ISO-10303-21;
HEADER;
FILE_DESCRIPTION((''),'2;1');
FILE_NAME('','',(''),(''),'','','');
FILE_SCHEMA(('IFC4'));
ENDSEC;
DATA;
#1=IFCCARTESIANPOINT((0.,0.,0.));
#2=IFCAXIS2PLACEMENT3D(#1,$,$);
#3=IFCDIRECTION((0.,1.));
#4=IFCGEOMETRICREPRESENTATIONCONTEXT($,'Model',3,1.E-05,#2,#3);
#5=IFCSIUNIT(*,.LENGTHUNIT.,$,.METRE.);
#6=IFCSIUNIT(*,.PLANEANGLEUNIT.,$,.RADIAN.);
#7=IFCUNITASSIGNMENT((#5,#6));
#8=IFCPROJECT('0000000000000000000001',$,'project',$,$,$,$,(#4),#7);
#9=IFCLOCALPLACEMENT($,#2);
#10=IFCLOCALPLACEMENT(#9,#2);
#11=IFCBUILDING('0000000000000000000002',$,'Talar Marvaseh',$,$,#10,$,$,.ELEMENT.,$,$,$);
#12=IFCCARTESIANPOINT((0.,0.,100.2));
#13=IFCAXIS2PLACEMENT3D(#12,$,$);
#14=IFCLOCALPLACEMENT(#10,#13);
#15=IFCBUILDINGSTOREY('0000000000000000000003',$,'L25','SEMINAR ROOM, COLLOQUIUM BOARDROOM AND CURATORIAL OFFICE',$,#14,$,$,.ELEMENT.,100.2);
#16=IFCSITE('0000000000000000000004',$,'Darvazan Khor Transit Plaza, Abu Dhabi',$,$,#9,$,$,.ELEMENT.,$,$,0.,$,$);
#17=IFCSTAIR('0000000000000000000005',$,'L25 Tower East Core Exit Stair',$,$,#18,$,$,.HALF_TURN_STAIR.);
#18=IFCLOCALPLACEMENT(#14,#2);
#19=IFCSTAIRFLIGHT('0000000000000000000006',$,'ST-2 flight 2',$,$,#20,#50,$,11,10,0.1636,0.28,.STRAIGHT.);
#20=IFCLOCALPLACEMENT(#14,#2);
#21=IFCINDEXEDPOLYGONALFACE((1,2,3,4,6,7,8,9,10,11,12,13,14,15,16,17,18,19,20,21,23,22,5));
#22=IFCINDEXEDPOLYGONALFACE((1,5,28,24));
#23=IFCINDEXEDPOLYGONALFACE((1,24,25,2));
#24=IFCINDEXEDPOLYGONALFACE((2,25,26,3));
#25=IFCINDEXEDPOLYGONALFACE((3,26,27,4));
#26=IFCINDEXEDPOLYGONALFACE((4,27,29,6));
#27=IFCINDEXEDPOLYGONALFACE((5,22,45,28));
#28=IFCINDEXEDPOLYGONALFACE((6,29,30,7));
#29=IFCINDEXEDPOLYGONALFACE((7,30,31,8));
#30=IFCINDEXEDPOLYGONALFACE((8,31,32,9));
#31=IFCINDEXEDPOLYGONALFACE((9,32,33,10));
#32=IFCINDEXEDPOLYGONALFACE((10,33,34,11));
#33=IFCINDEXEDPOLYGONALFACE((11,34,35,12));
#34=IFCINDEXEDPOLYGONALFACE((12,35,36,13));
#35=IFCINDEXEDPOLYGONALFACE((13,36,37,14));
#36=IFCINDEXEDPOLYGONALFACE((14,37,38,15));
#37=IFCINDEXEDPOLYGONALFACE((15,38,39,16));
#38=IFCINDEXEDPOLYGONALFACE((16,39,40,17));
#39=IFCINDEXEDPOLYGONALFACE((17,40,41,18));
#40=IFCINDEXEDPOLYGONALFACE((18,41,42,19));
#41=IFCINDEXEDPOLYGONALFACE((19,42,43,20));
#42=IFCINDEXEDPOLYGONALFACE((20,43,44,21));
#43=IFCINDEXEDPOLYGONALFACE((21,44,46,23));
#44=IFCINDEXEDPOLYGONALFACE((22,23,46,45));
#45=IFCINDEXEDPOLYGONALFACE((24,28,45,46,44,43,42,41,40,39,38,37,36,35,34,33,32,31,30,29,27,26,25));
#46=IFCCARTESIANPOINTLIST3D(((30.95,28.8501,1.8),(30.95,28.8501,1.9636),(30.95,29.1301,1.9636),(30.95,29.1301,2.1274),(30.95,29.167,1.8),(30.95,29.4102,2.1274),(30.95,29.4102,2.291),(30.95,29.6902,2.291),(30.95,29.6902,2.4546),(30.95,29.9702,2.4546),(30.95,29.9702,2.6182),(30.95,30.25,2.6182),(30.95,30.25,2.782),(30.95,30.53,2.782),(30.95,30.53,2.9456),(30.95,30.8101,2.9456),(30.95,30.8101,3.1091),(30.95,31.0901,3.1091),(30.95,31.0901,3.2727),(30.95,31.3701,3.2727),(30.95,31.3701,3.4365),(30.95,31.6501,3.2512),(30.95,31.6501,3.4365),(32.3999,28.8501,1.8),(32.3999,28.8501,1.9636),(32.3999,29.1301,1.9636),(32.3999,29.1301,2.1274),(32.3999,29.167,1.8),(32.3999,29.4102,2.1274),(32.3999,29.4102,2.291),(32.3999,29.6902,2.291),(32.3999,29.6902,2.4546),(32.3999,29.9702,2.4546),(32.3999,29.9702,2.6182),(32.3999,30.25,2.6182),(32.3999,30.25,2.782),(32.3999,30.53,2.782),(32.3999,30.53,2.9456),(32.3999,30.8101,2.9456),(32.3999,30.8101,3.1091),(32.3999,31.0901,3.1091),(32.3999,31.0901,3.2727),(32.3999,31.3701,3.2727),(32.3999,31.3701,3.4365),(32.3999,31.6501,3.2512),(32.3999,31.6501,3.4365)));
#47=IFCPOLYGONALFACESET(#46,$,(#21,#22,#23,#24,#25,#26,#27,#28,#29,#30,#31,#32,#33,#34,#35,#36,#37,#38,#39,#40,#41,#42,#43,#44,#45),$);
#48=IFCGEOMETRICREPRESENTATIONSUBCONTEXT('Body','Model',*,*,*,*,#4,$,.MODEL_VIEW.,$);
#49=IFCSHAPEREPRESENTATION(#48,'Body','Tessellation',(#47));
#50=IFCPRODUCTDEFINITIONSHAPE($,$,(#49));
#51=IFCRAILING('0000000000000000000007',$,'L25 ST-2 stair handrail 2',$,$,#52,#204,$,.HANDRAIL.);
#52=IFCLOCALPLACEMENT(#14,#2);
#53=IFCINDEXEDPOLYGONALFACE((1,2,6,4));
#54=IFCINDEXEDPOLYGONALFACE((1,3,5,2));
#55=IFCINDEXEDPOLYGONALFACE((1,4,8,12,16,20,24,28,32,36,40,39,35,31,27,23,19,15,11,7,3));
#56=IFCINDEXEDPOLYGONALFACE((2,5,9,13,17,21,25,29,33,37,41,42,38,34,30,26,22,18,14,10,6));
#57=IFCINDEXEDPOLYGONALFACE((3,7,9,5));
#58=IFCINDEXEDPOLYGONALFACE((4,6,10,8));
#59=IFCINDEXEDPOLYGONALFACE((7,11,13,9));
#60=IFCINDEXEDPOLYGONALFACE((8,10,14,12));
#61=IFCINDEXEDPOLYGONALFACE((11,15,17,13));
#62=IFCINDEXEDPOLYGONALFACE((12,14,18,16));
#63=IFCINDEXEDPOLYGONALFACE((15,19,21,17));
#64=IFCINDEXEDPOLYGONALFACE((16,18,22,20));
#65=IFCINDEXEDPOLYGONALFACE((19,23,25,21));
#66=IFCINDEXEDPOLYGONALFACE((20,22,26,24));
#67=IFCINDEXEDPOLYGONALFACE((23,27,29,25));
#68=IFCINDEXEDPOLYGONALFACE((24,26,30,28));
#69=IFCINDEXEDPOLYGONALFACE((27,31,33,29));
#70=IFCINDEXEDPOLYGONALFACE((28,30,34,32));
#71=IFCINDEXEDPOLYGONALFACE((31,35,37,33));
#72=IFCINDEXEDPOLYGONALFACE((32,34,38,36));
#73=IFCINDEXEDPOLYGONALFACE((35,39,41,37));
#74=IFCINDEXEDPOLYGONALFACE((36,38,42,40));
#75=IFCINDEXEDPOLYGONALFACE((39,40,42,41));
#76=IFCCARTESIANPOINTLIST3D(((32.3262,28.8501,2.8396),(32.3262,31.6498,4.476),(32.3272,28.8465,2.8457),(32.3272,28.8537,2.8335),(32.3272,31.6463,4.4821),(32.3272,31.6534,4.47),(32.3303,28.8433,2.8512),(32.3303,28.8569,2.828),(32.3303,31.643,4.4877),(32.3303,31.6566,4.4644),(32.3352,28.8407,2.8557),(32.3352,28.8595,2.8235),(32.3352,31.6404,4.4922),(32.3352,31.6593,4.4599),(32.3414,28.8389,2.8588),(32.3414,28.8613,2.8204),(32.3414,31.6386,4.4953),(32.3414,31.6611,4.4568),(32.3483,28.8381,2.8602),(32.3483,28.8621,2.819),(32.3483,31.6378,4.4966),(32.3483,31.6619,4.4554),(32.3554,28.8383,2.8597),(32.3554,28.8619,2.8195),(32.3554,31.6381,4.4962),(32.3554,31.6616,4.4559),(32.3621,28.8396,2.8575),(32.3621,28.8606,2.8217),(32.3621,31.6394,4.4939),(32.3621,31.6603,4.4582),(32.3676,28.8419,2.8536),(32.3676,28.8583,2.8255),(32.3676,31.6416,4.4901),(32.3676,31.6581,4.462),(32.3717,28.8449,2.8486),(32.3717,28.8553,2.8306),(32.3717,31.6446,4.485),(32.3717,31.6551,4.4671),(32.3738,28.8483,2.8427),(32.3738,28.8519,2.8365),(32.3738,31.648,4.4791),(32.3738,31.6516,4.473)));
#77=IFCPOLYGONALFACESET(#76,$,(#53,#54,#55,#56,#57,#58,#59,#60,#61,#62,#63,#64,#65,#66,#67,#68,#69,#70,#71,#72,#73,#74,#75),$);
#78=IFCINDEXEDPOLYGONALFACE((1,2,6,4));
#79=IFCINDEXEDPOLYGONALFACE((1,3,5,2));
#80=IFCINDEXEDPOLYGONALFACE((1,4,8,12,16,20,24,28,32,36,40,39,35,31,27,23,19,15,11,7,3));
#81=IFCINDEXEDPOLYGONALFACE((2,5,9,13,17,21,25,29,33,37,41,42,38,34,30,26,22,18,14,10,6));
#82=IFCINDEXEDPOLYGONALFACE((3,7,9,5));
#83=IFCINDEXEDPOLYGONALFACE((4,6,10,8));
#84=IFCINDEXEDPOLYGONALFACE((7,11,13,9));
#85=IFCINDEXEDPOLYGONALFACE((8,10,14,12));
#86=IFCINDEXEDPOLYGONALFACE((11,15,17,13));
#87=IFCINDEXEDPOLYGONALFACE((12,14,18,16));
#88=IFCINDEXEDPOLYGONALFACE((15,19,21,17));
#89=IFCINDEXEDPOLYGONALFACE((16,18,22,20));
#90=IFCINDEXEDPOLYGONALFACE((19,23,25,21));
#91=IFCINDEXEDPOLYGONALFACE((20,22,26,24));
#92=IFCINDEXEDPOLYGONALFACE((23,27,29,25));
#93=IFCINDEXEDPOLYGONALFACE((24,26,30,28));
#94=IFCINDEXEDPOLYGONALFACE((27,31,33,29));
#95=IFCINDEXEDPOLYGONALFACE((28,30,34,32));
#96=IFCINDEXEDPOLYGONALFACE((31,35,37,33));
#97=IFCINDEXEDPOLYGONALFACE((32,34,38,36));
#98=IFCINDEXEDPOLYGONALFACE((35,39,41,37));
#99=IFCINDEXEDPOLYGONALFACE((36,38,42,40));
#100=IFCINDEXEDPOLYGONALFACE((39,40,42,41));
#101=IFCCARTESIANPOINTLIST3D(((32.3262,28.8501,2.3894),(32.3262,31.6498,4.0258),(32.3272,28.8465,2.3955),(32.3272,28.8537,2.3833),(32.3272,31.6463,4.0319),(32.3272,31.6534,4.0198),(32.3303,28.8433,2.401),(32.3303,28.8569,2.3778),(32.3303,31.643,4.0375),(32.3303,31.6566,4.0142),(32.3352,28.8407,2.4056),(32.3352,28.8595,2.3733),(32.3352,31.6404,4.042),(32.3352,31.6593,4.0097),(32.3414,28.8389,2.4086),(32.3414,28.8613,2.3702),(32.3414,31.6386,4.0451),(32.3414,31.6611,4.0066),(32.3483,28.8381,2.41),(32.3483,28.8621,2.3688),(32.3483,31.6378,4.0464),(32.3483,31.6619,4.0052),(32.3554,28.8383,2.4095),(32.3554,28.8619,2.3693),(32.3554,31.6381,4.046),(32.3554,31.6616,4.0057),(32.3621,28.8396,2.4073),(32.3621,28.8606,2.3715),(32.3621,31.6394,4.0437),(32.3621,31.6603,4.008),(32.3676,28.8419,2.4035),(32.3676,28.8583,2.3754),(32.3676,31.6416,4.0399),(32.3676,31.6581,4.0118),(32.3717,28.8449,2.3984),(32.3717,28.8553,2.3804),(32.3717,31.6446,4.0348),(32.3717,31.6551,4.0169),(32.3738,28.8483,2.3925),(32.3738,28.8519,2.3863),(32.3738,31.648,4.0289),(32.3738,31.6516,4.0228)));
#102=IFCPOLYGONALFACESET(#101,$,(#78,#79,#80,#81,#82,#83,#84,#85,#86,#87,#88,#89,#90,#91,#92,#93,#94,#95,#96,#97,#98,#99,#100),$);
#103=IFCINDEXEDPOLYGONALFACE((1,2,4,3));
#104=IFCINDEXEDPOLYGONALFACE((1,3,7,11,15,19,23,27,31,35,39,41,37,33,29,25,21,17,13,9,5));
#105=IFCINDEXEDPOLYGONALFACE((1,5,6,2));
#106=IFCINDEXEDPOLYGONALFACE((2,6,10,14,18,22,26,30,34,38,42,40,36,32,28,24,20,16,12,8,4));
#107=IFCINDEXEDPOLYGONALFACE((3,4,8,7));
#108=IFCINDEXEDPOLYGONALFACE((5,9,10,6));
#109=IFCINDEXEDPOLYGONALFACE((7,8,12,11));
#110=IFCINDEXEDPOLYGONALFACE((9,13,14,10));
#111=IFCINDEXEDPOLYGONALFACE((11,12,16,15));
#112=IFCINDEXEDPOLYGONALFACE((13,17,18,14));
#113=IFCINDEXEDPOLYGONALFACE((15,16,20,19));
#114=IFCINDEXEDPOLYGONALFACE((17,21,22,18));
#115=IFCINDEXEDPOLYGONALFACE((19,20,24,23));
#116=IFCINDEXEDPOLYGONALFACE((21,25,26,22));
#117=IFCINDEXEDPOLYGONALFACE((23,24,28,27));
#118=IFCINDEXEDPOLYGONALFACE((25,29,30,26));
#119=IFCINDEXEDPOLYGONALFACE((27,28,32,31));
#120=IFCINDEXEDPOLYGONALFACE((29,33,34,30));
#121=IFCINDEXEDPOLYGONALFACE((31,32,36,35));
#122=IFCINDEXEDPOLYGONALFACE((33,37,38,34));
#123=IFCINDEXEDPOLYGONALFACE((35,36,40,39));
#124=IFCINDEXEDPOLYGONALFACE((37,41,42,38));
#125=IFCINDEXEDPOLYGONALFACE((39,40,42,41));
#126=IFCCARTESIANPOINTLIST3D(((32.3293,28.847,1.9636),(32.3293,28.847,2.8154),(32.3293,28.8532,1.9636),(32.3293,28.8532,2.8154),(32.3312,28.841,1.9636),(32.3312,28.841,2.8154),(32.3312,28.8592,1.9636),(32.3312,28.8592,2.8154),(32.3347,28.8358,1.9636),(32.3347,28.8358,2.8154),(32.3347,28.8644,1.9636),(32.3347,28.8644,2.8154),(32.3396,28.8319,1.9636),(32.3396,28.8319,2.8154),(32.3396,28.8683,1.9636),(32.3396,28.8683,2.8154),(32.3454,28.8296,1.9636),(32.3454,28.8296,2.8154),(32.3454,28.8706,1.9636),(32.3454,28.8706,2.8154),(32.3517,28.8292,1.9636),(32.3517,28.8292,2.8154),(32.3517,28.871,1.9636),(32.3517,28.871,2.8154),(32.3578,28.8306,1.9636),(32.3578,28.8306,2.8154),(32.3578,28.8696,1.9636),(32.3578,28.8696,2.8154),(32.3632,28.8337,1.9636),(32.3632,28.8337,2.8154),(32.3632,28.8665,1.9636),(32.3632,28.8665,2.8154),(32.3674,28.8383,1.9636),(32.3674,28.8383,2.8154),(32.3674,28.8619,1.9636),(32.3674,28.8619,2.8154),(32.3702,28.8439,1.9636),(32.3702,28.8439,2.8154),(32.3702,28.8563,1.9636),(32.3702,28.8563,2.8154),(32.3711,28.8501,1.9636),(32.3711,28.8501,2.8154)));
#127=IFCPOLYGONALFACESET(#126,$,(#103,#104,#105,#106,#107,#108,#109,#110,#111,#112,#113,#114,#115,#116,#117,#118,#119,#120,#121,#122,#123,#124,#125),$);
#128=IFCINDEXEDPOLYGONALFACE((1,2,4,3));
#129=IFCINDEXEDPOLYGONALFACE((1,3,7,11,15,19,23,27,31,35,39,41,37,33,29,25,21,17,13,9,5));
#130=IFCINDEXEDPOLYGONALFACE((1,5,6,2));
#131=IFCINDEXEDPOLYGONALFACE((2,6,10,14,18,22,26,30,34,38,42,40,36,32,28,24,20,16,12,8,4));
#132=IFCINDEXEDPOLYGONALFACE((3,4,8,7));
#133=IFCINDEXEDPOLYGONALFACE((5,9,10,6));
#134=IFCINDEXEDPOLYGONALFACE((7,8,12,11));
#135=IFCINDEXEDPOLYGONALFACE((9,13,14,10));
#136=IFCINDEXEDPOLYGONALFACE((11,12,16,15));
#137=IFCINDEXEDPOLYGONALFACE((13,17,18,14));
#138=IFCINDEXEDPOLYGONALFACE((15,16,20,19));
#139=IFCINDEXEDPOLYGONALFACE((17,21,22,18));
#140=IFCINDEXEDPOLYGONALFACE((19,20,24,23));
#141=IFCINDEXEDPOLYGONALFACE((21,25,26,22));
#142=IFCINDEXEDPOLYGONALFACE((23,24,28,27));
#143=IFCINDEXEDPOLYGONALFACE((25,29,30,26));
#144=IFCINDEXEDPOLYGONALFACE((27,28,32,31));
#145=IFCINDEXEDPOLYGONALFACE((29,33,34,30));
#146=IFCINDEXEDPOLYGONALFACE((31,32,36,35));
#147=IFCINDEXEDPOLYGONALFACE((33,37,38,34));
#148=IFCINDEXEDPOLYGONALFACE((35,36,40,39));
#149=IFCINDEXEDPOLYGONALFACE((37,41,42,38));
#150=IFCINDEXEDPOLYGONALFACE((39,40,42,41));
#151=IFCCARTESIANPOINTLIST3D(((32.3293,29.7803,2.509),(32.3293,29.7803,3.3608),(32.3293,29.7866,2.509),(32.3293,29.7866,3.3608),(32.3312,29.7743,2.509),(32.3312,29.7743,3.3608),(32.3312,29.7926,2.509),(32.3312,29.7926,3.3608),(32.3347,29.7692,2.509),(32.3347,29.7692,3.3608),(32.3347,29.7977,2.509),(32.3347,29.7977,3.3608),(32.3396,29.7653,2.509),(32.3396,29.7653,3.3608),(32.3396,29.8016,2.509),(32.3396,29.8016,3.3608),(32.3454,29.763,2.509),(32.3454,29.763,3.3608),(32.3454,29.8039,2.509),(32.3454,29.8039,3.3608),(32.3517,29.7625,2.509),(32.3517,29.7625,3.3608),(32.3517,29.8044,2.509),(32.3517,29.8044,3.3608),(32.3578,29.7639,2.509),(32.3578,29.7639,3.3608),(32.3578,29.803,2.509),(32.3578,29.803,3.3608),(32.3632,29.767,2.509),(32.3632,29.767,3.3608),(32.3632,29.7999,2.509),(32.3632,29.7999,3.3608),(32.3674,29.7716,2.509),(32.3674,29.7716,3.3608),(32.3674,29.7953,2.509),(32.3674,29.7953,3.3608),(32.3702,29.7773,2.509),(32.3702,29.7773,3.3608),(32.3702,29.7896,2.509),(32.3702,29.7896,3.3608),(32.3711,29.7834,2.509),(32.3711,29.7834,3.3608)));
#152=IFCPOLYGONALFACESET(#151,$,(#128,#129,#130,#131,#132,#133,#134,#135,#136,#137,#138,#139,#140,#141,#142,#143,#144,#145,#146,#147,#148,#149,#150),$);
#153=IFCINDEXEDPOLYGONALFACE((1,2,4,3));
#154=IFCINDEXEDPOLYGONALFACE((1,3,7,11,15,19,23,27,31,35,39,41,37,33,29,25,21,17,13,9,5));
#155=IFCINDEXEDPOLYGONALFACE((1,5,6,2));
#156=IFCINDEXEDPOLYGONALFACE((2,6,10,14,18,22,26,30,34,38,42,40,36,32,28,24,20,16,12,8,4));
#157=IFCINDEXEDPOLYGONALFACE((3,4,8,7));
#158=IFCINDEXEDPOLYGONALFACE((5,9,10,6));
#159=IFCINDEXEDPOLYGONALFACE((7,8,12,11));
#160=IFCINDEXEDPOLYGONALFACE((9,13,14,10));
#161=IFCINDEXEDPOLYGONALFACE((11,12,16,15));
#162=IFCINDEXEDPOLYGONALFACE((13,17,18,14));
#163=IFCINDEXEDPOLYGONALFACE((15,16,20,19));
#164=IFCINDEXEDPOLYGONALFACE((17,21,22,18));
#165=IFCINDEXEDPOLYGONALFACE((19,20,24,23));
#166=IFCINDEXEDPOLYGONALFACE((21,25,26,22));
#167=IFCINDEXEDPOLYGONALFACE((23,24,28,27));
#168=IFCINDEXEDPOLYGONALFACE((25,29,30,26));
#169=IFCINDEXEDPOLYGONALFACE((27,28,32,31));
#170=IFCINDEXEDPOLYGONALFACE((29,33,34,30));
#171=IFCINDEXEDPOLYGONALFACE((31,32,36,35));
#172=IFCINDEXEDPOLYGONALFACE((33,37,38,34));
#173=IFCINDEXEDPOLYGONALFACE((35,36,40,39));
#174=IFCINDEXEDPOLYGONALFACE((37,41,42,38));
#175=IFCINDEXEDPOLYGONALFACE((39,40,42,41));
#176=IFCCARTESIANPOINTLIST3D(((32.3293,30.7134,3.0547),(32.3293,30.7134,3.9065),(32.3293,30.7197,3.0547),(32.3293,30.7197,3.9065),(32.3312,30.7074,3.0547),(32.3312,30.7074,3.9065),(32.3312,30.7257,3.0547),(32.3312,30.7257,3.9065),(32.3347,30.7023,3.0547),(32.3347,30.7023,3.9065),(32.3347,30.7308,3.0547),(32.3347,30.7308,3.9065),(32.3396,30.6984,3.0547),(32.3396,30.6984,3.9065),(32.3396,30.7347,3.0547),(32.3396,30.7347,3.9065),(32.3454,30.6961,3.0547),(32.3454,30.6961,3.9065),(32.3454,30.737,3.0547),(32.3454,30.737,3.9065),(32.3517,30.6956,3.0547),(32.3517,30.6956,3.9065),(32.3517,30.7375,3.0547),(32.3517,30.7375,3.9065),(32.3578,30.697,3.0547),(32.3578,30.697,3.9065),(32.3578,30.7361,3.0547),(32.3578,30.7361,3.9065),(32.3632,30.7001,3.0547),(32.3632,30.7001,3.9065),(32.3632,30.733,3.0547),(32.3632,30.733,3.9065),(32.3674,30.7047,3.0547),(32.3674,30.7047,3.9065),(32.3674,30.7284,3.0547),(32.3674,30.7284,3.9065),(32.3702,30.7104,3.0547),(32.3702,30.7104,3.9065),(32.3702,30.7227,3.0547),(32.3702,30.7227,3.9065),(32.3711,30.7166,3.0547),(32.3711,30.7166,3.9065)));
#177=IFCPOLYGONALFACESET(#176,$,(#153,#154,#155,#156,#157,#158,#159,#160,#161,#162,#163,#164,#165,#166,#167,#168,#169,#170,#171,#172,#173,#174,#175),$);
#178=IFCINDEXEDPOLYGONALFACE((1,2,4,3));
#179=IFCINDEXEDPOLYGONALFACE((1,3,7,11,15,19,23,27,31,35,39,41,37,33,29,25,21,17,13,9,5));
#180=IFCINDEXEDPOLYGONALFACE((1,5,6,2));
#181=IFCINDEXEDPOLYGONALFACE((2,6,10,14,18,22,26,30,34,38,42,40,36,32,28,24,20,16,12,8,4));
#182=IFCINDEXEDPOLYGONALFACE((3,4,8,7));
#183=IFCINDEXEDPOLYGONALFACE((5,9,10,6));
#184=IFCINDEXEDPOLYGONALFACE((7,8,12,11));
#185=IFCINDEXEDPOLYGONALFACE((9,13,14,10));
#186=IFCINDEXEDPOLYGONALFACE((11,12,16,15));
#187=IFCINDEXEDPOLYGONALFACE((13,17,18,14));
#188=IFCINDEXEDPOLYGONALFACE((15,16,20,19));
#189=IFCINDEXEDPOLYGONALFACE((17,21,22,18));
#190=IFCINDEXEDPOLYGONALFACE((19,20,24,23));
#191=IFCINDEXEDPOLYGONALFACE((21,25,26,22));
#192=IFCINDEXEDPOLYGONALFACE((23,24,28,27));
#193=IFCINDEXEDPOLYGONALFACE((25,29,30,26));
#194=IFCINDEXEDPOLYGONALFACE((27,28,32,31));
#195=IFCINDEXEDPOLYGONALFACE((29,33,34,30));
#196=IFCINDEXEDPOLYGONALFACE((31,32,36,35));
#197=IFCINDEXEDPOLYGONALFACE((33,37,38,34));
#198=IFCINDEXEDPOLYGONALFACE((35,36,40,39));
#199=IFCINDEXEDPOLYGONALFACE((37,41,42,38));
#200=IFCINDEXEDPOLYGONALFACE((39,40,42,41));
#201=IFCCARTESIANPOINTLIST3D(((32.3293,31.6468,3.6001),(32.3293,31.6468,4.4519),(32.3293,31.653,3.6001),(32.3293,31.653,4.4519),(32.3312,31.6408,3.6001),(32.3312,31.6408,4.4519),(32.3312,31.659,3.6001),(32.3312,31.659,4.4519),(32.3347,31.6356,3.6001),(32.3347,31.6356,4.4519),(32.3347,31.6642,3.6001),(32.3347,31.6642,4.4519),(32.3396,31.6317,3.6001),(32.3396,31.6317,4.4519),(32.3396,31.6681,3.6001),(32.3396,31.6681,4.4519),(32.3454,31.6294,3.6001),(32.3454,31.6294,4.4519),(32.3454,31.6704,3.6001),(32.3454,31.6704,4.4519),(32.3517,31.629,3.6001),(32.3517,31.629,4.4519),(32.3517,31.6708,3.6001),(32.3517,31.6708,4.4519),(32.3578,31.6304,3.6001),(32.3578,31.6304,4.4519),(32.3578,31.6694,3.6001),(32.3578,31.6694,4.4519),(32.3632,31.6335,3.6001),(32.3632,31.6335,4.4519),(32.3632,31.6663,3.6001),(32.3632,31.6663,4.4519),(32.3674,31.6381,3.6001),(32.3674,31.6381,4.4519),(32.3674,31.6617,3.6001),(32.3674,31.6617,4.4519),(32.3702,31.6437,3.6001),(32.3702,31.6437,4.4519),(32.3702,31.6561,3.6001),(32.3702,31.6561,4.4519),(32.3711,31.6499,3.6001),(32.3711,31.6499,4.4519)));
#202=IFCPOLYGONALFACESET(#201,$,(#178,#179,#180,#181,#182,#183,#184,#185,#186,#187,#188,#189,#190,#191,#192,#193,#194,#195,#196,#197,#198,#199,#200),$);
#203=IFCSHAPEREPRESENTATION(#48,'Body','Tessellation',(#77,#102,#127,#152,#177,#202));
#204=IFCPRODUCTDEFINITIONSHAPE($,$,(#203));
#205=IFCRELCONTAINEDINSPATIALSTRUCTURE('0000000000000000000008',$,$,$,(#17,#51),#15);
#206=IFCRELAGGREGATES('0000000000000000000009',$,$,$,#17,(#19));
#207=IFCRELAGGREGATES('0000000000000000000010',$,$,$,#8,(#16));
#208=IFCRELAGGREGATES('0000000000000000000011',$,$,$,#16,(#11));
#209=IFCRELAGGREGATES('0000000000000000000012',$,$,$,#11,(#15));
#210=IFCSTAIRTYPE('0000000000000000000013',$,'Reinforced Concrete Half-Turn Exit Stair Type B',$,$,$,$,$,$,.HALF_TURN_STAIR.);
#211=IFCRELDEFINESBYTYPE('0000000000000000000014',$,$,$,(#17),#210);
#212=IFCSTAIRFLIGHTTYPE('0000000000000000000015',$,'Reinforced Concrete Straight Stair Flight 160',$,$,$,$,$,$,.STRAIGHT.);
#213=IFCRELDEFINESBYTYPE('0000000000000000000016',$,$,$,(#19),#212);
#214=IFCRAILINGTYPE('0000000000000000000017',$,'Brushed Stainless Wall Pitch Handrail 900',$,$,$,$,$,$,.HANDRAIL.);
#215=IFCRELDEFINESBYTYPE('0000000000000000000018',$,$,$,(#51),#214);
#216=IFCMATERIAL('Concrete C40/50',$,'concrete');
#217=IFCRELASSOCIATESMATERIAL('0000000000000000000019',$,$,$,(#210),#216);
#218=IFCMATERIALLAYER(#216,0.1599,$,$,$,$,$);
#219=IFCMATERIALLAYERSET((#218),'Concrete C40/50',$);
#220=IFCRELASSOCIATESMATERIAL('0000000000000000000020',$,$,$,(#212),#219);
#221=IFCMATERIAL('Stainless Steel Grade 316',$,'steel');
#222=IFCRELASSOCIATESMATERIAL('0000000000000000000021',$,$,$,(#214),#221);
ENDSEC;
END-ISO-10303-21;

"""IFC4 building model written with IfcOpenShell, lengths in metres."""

from ifc_helpers import new_model, si_unit, direction, frame, origin, origin_2d, place, context, subcontext, project, spatial, polyline, circle, outline, extrude, material, layer, layer_set, type_object, element, aggregate, save


model = new_model("IFC4")

# Units and contexts
model_context = context("Model", 3, precision=1e-05, world=origin(), true_north=direction((0.0, 1.0)))
body_context = subcontext(model_context, "Body", "Model", "MODEL_VIEW")
ifc_project = project(units=[si_unit("LENGTHUNIT", "METRE"), si_unit("PLANEANGLEUNIT", "RADIAN")], contexts=[model_context])

# Site, building, storey
site_placement = place(None, origin())
site = spatial("IfcSite", under=ifc_project, at=site_placement, Name="Darvazan Khor Transit Plaza, Abu Dhabi", CompositionType="ELEMENT", RefElevation=0.0)
building_placement = place(site_placement, origin())
building = spatial("IfcBuilding", under=site, at=building_placement, Name="Talar Marvaseh", CompositionType="ELEMENT")
storey_placement = place(building_placement, frame((0.0, 0.0, 100.2)))
storey = spatial("IfcBuildingStorey", under=building, at=storey_placement, Name="L25", Description="SEMINAR ROOM, COLLOQUIUM BOARDROOM AND CURATORIAL OFFICE", CompositionType="ELEMENT", Elevation=100.2)

# Stair, stair flight
ifc_material_1 = material(Name="Concrete C40/50", Category="concrete")
stair_type = type_object("IfcStairType", Name="Reinforced Concrete Half-Turn Exit Stair Type B", PredefinedType="HALF_TURN_STAIR", material=ifc_material_1)
stair_placement = place(storey_placement, origin())
stair = element("IfcStair", 1, at=stair_placement, inside=storey, type_object=stair_type, Name="L25 Tower East Core Exit Stair", PredefinedType="HALF_TURN_STAIR")
ifc_layer_1 = layer(ifc_material_1, 0.1599)
ifc_layer_set_1 = layer_set([ifc_layer_1], Name="Concrete C40/50")
stair_flight_type = type_object("IfcStairFlightType", Name="Reinforced Concrete Straight Stair Flight 160", PredefinedType="STRAIGHT", material=ifc_layer_set_1)
stair_flight_placement = place(storey_placement, frame((31.675, 28.8501, 1.8), z_axis=(0.0, 0.0, 1.0), x_axis=(0.0, 1.0, 0.0)))
stair_flight = element("IfcStairFlight", 2, at=stair_flight_placement, type_object=stair_flight_type, Name="ST-2 flight 2", NumberOfRisers=11, NumberOfTreads=10, PredefinedType="STRAIGHT", RiserHeight=0.1636, TreadLength=0.28, context=body_context, shape_type="SweptSolid", body=[
    extrude(outline(polyline([(0.0, 0.0), (0.0, 0.1636), (0.28, 0.1636), (0.28, 0.3274), (0.5601, 0.3274), (0.5601, 0.491), (0.8401, 0.491), (0.8401, 0.6545), (1.1201, 0.6545), (1.1201, 0.8181), (1.3999, 0.8181), (1.3999, 0.9819), (1.6799, 0.9819), (1.6799, 1.1455), (1.96, 1.1455), (1.96, 1.3091), (2.24, 1.3091), (2.24, 1.4727), (2.52, 1.4727), (2.52, 1.6365), (2.8, 1.6365), (2.8, 1.8), (2.8, 1.4512), (0.3169, 0.0), (0.0, 0.0)])), frame((0.0, 0.7251, 0.0), z_axis=(0.0, -1.0, 0.0), x_axis=(1.0, 0.0, 0.0)), (0.0, 0.0, 1.0), 1.45),
])
aggregate(stair, [stair_flight])

# Railing
ifc_material_2 = material(Name="Stainless Steel Grade 316", Category="steel")
railing_type = type_object("IfcRailingType", Name="Brushed Stainless Wall Pitch Handrail 900", PredefinedType="HANDRAIL", material=ifc_material_2)
railing_placement = place(storey_placement, frame((32.3501, 28.8501, 1.9636)))
element("IfcRailing", 3, at=railing_placement, inside=storey, type_object=railing_type, Name="L25 ST-2 stair handrail 2", PredefinedType="HANDRAIL", context=body_context, shape_type="SweptSolid", body=[
    extrude(circle(Radius=0.0239, at=origin_2d()), frame((0.0, 0.0, 0.876), z_axis=(0.0, 0.863342, 0.50462), x_axis=(-1.0, 0.0, 0.0)), (0.0, 0.0, 1.0), 3.2429),
    extrude(circle(Radius=0.0239, at=origin_2d()), frame((0.0, 0.0, 0.4258), z_axis=(0.0, 0.863342, 0.50462), x_axis=(-1.0, 0.0, 0.0)), (0.0, 0.0, 1.0), 3.2429),
    extrude(circle(Radius=0.021, at=origin_2d()), origin(), (0.0, 0.0, 1.0), 0.8518),
    extrude(circle(Radius=0.021, at=origin_2d()), frame((0.0, 0.9333, 0.5454)), (0.0, 0.0, 1.0), 0.8518),
    extrude(circle(Radius=0.021, at=origin_2d()), frame((0.0, 1.8665, 1.0911)), (0.0, 0.0, 1.0), 0.8518),
    extrude(circle(Radius=0.021, at=origin_2d()), frame((0.0, 2.7998, 1.6365)), (0.0, 0.0, 1.0), 0.8518),
])

save(model, "model.ifc")
